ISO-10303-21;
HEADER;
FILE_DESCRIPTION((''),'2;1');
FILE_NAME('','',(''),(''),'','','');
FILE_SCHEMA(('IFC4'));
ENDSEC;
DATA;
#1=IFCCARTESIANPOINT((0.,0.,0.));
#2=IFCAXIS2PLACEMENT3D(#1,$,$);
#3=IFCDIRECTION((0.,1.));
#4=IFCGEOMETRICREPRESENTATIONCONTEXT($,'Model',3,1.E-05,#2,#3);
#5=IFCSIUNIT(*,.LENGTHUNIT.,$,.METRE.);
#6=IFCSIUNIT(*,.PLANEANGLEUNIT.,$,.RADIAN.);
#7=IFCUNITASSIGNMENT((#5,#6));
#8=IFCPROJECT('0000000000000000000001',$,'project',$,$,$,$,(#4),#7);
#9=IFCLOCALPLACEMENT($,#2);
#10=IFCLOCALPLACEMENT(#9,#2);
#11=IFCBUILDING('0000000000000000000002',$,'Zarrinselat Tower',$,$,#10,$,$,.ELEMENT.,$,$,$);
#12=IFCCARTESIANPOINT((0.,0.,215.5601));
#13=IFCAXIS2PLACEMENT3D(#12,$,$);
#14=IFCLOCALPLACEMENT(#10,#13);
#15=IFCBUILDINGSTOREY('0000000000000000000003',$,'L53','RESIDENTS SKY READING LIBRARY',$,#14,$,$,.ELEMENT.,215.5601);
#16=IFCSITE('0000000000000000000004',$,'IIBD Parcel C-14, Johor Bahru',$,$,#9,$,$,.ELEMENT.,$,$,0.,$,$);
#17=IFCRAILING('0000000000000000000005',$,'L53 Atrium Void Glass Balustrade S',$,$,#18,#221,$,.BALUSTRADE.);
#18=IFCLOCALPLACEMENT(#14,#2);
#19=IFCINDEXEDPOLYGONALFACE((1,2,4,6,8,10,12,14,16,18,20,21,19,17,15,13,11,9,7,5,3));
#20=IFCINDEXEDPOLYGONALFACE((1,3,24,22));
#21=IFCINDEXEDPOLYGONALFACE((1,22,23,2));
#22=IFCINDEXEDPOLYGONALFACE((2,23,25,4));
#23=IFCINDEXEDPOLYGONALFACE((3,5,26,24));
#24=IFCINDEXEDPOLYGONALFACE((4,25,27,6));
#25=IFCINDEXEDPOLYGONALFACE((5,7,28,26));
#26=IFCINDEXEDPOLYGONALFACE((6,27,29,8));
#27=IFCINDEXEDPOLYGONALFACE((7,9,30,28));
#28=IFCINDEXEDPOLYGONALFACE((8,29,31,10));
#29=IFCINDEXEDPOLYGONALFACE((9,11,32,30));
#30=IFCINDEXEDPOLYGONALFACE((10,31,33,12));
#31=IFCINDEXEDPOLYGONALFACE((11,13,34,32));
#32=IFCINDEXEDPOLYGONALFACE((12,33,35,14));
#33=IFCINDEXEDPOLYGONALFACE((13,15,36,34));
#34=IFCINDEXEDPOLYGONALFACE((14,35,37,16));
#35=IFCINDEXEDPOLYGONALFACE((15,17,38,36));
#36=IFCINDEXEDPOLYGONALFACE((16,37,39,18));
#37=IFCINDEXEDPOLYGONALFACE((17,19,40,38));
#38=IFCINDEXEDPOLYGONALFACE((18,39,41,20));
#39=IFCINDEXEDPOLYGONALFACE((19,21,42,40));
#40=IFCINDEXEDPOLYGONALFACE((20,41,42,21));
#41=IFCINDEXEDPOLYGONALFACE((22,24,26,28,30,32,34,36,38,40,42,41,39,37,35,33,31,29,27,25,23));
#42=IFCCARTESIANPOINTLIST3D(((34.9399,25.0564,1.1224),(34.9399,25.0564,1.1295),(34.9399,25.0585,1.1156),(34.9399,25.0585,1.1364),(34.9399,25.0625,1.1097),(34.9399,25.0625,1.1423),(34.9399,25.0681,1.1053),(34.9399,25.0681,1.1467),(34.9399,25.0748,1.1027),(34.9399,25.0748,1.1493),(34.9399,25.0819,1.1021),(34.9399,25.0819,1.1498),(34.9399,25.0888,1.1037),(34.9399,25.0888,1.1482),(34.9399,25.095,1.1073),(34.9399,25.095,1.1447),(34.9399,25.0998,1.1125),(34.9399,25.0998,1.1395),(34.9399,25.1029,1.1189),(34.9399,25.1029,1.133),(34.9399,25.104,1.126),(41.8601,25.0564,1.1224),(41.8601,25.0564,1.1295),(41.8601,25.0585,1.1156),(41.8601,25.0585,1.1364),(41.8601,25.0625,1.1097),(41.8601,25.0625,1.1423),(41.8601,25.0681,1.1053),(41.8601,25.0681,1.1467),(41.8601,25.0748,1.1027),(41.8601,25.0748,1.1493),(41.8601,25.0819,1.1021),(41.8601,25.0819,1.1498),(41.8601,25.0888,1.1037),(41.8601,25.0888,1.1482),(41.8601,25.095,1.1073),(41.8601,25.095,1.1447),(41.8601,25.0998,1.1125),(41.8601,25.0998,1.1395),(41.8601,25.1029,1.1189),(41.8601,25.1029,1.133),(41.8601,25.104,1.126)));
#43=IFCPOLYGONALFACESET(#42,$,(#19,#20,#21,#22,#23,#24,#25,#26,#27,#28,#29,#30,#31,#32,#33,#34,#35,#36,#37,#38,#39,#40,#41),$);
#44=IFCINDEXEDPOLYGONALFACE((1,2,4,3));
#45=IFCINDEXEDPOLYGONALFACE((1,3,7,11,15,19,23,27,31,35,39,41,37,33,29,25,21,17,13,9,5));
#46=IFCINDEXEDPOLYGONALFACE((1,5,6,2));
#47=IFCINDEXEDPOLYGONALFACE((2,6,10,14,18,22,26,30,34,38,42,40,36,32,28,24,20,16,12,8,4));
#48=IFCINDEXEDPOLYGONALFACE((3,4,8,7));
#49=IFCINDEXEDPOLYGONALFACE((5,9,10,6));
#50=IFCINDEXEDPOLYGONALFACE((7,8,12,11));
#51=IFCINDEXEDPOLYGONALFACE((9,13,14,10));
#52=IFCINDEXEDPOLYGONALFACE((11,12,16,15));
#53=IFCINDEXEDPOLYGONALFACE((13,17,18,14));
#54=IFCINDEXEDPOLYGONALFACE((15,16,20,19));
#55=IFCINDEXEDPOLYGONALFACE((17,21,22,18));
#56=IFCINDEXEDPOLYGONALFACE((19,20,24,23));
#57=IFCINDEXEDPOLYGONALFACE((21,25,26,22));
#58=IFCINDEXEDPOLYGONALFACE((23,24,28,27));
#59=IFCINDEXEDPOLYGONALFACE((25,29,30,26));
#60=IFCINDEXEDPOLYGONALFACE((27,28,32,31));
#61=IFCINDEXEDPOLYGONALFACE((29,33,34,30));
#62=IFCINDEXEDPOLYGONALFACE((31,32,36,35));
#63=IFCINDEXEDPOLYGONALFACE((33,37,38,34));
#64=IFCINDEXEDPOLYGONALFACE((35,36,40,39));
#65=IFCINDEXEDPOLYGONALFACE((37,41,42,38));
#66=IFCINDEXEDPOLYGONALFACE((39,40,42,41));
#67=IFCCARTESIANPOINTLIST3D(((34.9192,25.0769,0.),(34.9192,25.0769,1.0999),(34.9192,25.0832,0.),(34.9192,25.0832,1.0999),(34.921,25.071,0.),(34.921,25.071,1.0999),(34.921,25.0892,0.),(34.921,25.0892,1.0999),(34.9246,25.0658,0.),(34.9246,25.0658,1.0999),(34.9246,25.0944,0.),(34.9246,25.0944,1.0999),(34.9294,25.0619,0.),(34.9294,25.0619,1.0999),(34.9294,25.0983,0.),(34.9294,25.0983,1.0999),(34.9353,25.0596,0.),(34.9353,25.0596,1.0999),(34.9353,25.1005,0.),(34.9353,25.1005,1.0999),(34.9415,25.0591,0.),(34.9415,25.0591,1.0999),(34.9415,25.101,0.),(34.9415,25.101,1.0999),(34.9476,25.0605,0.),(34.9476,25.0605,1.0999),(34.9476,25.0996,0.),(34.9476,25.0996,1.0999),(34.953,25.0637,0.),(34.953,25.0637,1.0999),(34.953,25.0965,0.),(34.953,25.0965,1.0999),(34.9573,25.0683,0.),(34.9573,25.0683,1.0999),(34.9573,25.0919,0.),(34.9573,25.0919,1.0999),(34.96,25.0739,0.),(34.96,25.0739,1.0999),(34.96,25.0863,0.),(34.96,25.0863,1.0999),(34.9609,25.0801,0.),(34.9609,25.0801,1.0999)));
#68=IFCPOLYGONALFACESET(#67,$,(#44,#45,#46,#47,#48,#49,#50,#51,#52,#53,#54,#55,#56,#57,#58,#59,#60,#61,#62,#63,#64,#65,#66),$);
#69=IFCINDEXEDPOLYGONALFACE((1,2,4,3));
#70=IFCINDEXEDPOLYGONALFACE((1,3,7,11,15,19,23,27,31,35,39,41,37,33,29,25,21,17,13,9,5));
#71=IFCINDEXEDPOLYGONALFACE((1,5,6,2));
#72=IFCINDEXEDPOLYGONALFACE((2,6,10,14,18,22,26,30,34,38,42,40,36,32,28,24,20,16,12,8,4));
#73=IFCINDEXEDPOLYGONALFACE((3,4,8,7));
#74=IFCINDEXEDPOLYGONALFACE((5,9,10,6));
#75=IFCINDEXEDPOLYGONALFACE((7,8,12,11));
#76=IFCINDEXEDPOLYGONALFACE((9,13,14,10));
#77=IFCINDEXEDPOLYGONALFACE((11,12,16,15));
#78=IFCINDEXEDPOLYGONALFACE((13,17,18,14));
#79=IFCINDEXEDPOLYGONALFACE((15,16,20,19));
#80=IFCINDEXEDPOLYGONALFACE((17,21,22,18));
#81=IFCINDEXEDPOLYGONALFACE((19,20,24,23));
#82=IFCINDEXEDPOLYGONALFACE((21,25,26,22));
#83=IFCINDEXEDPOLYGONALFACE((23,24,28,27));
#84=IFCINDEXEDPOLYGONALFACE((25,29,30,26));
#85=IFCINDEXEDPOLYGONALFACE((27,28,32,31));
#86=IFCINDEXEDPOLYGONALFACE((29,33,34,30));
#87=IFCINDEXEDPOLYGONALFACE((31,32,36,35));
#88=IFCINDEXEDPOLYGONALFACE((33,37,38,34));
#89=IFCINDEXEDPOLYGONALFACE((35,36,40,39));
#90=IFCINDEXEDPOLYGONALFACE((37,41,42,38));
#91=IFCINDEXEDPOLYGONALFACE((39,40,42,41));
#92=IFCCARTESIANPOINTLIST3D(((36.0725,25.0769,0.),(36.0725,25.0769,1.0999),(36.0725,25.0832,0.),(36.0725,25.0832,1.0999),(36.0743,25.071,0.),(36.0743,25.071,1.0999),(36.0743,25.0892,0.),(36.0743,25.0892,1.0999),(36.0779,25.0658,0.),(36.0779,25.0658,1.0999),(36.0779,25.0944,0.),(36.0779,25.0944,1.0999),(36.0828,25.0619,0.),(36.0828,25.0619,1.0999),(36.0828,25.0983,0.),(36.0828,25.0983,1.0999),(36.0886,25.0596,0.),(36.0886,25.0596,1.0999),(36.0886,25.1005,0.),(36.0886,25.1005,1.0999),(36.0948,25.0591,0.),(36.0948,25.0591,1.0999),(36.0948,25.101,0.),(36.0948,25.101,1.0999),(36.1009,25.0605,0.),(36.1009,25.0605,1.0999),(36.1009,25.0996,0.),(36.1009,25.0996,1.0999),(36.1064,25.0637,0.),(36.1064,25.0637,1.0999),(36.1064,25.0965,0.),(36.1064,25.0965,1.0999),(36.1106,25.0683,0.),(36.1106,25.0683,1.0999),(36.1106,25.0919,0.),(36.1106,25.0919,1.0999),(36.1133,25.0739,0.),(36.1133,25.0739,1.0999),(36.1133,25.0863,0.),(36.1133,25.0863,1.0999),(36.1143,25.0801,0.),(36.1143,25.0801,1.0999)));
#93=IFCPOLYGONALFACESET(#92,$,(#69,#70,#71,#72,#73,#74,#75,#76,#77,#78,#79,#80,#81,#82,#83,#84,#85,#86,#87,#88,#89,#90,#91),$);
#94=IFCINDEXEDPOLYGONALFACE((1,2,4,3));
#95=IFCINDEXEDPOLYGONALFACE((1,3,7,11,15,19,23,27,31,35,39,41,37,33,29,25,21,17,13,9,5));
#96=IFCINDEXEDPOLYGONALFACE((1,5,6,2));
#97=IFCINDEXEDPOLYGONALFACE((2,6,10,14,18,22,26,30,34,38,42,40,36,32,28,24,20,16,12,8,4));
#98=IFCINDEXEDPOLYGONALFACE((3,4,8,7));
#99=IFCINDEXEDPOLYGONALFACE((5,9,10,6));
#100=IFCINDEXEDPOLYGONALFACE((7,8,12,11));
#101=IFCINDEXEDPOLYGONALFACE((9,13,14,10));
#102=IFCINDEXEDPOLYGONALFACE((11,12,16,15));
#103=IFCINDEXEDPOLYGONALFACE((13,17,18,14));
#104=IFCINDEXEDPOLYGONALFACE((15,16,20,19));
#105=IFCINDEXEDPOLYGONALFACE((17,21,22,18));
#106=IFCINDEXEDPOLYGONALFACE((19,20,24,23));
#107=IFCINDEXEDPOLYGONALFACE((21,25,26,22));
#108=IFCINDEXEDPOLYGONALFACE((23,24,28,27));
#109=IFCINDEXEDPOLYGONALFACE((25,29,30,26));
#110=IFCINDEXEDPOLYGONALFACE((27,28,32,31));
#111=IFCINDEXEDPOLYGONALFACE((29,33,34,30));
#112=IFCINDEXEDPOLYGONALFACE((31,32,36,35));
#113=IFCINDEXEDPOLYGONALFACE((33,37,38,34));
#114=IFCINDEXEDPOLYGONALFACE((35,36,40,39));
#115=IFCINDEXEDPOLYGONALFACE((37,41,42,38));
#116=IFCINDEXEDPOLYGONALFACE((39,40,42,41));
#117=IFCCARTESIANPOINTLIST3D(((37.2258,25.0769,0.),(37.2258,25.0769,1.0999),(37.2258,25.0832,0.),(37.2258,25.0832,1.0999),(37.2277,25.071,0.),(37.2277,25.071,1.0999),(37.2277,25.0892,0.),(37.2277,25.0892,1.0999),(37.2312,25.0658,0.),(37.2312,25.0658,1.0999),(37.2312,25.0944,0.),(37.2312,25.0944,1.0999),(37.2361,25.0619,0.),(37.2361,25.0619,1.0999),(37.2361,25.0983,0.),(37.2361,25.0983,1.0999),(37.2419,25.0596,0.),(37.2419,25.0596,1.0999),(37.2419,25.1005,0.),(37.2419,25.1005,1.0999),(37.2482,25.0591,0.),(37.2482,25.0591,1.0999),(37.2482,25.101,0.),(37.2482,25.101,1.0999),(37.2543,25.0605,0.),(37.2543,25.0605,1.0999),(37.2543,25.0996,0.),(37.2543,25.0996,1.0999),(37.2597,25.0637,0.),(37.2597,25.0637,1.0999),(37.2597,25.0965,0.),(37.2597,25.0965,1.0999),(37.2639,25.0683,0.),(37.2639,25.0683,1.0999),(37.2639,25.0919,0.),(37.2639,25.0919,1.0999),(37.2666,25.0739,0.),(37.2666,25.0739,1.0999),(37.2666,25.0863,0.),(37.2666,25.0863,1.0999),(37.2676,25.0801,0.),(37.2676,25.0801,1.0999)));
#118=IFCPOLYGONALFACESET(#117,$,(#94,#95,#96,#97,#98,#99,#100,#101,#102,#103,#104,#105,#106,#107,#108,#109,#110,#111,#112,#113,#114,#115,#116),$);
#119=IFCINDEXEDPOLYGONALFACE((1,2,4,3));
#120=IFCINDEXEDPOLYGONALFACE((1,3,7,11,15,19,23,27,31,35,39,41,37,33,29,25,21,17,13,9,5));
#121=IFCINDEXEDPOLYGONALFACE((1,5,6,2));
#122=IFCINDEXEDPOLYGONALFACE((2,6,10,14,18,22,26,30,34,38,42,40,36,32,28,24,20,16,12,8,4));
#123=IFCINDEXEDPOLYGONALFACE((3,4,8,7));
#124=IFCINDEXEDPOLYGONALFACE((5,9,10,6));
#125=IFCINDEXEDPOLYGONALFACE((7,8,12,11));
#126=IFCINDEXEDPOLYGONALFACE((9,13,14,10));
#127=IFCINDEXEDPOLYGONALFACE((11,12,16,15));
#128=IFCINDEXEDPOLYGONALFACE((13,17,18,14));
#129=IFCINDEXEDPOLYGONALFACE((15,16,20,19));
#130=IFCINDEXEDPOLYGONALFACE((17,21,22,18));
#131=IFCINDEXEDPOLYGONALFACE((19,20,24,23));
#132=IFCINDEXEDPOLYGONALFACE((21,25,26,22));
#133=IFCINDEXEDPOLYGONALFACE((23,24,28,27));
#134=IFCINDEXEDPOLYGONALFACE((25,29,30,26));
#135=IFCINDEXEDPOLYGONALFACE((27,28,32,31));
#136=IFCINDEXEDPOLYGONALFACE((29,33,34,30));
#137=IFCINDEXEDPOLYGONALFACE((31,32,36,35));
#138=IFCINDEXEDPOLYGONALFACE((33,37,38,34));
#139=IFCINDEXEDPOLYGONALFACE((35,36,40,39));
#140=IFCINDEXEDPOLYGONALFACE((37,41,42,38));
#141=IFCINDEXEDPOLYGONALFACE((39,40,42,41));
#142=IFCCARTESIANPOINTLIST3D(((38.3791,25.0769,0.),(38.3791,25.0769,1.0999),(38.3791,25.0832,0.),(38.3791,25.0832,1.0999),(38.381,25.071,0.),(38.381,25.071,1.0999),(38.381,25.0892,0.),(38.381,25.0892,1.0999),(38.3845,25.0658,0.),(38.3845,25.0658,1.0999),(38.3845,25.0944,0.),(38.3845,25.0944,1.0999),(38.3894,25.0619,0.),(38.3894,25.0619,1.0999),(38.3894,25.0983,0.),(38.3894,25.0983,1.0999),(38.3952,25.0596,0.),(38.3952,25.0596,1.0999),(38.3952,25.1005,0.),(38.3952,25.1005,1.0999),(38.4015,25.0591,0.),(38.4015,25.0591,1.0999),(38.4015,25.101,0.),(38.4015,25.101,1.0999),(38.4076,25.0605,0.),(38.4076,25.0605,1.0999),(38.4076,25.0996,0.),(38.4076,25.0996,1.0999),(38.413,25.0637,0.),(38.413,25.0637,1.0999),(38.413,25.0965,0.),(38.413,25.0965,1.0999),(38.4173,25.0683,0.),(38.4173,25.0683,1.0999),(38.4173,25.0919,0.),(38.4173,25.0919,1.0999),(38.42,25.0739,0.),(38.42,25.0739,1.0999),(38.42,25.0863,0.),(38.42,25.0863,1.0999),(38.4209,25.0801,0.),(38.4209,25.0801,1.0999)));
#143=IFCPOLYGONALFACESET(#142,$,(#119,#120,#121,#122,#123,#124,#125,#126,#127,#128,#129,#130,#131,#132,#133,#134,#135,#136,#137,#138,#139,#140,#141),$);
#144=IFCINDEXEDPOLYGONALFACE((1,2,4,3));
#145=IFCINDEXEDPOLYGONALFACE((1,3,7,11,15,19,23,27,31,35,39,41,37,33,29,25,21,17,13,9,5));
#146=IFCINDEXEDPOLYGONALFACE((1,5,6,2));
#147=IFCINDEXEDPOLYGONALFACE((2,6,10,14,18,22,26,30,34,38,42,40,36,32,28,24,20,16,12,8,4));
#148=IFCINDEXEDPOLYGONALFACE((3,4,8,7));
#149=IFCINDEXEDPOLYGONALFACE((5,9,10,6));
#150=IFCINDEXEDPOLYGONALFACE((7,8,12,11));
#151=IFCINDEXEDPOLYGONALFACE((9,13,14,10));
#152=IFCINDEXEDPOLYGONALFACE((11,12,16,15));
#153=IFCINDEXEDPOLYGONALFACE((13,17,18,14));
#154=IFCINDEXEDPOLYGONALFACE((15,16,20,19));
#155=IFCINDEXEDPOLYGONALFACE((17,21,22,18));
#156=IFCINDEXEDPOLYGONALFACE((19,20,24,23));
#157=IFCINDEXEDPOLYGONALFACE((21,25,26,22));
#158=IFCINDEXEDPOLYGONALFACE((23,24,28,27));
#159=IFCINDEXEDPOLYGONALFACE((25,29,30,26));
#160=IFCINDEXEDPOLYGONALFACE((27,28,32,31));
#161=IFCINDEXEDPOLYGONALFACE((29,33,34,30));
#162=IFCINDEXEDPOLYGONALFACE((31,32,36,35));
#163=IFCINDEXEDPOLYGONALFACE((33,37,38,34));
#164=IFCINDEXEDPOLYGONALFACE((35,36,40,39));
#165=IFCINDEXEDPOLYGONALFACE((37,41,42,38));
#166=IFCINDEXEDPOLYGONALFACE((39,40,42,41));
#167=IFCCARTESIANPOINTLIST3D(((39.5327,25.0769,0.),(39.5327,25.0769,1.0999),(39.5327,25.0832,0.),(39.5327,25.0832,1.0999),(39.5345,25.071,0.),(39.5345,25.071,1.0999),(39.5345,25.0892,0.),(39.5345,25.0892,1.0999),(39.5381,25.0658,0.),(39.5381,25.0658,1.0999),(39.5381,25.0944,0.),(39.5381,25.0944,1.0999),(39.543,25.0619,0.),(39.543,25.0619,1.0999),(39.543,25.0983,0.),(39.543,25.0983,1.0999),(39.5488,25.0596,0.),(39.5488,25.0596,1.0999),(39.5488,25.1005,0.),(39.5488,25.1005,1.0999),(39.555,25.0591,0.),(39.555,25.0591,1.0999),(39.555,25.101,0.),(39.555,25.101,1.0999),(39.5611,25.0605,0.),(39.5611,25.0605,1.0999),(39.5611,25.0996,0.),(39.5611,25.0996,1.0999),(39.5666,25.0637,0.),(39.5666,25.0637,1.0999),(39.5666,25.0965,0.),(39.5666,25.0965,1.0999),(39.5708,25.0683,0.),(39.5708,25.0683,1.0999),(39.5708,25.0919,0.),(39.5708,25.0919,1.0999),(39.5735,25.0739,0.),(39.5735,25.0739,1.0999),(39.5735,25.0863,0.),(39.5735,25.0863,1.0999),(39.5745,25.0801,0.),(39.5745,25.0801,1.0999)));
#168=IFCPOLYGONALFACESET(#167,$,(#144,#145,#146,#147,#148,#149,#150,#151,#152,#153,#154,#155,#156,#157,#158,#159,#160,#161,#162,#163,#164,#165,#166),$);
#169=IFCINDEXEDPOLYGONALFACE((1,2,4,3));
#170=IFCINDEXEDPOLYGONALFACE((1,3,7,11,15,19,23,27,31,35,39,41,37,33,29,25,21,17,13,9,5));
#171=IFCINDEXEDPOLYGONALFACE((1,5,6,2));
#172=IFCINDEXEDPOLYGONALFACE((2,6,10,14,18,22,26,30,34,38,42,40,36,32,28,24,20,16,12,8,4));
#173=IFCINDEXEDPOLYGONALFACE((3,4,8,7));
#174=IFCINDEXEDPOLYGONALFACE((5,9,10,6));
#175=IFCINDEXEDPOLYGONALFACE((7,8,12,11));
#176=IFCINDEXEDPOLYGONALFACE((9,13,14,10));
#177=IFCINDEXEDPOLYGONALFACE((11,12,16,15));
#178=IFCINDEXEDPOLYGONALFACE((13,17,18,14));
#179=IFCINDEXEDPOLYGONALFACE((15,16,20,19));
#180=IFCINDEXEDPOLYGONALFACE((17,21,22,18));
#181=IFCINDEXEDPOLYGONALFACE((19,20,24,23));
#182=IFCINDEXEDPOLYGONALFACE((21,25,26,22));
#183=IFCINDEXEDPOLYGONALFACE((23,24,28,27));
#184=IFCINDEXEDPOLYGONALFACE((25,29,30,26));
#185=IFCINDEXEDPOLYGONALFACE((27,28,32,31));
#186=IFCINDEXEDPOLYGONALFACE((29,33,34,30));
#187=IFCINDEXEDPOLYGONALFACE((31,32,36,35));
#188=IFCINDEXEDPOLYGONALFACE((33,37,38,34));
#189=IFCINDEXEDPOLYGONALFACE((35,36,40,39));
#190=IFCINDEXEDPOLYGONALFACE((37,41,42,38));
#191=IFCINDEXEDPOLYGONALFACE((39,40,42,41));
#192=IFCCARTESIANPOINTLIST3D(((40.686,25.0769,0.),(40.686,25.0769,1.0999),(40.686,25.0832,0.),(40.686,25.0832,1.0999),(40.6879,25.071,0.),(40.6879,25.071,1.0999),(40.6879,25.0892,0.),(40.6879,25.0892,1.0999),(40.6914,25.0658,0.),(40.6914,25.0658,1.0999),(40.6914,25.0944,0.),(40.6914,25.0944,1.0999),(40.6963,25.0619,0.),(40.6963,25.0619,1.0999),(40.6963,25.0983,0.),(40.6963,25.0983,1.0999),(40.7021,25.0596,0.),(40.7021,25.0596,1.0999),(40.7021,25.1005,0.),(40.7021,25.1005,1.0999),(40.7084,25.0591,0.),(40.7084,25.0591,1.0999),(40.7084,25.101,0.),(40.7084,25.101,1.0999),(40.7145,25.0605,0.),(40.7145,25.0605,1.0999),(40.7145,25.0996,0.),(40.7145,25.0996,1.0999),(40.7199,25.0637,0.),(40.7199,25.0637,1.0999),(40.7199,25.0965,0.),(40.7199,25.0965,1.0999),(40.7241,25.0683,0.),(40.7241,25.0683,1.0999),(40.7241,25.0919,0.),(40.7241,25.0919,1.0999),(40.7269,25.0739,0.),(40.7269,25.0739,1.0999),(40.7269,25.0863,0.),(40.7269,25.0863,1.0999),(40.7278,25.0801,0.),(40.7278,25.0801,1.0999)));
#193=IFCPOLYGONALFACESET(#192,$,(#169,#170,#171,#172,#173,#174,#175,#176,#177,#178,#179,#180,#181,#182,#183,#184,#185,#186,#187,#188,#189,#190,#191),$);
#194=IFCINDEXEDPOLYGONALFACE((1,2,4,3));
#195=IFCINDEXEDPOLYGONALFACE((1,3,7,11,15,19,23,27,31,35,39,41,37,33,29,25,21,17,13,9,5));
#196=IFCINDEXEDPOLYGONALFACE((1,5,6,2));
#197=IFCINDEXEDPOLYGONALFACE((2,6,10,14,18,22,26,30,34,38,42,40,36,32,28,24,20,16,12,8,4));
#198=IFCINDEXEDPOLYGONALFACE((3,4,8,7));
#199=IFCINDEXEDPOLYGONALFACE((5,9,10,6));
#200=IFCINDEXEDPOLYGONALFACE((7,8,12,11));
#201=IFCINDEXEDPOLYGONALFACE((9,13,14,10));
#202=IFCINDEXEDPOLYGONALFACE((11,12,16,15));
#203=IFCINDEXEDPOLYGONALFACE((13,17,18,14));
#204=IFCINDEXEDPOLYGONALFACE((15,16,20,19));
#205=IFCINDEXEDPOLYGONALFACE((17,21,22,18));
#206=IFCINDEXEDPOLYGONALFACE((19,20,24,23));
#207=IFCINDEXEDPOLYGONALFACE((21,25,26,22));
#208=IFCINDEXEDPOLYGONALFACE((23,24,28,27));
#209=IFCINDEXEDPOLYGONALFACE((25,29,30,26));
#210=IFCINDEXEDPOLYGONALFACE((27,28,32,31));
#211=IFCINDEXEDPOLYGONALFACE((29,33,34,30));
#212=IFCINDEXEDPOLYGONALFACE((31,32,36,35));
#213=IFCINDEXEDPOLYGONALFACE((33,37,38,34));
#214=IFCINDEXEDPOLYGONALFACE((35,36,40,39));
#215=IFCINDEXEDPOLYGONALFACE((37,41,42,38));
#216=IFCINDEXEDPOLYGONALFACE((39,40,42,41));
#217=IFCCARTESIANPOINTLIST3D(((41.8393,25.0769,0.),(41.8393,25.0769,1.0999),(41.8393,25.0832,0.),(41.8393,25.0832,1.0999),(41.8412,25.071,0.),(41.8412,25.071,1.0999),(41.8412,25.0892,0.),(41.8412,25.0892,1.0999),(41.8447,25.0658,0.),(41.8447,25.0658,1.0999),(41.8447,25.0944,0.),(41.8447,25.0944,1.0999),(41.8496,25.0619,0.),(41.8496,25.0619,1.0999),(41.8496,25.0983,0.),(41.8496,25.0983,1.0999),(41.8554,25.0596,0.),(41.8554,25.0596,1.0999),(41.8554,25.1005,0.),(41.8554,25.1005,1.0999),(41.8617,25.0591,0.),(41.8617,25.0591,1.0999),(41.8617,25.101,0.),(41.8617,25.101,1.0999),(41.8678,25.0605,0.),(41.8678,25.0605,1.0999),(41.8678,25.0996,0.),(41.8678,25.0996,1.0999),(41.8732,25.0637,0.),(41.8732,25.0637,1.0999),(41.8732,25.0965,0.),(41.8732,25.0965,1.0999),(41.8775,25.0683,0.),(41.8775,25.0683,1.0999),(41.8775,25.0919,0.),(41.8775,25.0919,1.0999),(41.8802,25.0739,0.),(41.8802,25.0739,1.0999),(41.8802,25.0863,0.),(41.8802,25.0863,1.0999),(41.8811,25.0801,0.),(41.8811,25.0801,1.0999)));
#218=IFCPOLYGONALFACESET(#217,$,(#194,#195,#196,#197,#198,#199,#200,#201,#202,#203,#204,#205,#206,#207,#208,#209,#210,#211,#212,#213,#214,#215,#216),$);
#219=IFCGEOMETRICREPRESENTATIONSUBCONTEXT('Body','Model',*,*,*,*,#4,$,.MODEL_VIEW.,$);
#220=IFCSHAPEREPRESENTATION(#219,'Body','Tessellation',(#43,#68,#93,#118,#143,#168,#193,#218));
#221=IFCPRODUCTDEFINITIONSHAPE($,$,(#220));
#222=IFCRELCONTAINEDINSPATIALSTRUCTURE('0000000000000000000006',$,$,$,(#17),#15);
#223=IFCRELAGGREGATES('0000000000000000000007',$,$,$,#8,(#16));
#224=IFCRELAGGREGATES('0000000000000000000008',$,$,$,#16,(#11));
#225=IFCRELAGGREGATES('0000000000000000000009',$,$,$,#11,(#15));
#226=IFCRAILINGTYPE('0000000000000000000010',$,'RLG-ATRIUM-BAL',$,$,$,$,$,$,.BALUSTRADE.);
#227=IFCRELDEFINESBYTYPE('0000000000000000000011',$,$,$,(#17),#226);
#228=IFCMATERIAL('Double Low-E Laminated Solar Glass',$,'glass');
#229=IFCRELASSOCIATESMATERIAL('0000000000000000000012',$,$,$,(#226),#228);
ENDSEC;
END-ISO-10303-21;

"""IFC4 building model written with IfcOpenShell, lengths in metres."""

from ifc_helpers import new_model, si_unit, direction, frame, origin, origin_2d, place, context, subcontext, project, spatial, circle, extrude, material, type_object, element, save


model = new_model("IFC4")

# Units and contexts
model_context = context("Model", 3, precision=1e-05, world=origin(), true_north=direction((0.0, 1.0)))
body_context = subcontext(model_context, "Body", "Model", "MODEL_VIEW")
ifc_project = project(units=[si_unit("LENGTHUNIT", "METRE"), si_unit("PLANEANGLEUNIT", "RADIAN")], contexts=[model_context])

# Site, building, storey
site_placement = place(None, origin())
site = spatial("IfcSite", under=ifc_project, at=site_placement, Name="IIBD Parcel C-14, Johor Bahru", CompositionType="ELEMENT", RefElevation=0.0)
building_placement = place(site_placement, origin())
building = spatial("IfcBuilding", under=site, at=building_placement, Name="Zarrinselat Tower", CompositionType="ELEMENT")
storey_placement = place(building_placement, frame((0.0, 0.0, 215.5601)))
storey = spatial("IfcBuildingStorey", under=building, at=storey_placement, Name="L53", Description="RESIDENTS SKY READING LIBRARY", CompositionType="ELEMENT", Elevation=215.5601)

# Railing
ifc_material_1 = material(Name="Double Low-E Laminated Solar Glass", Category="glass")
railing_type = type_object("IfcRailingType", Name="RLG-ATRIUM-BAL", PredefinedType="BALUSTRADE", material=ifc_material_1)
railing_placement = place(storey_placement, frame((34.9399, 25.0801, 0.0)))
element("IfcRailing", 1, at=railing_placement, inside=storey, type_object=railing_type, Name="L53 Atrium Void Glass Balustrade S", PredefinedType="BALUSTRADE", context=body_context, shape_type="SweptSolid", body=[
    extrude(circle(Radius=0.0239, at=origin_2d()), frame((0.0, 0.0, 1.126), z_axis=(1.0, 0.0, 0.0), x_axis=(0.0, 1.0, 0.0)), (0.0, 0.0, 1.0), 6.9202),
    extrude(circle(Radius=0.021, at=origin_2d()), origin(), (0.0, 0.0, 1.0), 1.0999),
    extrude(circle(Radius=0.021, at=origin_2d()), frame((1.1533, 0.0, 0.0)), (0.0, 0.0, 1.0), 1.0999),
    extrude(circle(Radius=0.021, at=origin_2d()), frame((2.3066, 0.0, 0.0)), (0.0, 0.0, 1.0), 1.0999),
    extrude(circle(Radius=0.021, at=origin_2d()), frame((3.46, 0.0, 0.0)), (0.0, 0.0, 1.0), 1.0999),
    extrude(circle(Radius=0.021, at=origin_2d()), frame((4.6135, 0.0, 0.0)), (0.0, 0.0, 1.0), 1.0999),
    extrude(circle(Radius=0.021, at=origin_2d()), frame((5.7668, 0.0, 0.0)), (0.0, 0.0, 1.0), 1.0999),
    extrude(circle(Radius=0.021, at=origin_2d()), frame((6.9202, 0.0, 0.0)), (0.0, 0.0, 1.0), 1.0999),
])

save(model, "model.ifc")
